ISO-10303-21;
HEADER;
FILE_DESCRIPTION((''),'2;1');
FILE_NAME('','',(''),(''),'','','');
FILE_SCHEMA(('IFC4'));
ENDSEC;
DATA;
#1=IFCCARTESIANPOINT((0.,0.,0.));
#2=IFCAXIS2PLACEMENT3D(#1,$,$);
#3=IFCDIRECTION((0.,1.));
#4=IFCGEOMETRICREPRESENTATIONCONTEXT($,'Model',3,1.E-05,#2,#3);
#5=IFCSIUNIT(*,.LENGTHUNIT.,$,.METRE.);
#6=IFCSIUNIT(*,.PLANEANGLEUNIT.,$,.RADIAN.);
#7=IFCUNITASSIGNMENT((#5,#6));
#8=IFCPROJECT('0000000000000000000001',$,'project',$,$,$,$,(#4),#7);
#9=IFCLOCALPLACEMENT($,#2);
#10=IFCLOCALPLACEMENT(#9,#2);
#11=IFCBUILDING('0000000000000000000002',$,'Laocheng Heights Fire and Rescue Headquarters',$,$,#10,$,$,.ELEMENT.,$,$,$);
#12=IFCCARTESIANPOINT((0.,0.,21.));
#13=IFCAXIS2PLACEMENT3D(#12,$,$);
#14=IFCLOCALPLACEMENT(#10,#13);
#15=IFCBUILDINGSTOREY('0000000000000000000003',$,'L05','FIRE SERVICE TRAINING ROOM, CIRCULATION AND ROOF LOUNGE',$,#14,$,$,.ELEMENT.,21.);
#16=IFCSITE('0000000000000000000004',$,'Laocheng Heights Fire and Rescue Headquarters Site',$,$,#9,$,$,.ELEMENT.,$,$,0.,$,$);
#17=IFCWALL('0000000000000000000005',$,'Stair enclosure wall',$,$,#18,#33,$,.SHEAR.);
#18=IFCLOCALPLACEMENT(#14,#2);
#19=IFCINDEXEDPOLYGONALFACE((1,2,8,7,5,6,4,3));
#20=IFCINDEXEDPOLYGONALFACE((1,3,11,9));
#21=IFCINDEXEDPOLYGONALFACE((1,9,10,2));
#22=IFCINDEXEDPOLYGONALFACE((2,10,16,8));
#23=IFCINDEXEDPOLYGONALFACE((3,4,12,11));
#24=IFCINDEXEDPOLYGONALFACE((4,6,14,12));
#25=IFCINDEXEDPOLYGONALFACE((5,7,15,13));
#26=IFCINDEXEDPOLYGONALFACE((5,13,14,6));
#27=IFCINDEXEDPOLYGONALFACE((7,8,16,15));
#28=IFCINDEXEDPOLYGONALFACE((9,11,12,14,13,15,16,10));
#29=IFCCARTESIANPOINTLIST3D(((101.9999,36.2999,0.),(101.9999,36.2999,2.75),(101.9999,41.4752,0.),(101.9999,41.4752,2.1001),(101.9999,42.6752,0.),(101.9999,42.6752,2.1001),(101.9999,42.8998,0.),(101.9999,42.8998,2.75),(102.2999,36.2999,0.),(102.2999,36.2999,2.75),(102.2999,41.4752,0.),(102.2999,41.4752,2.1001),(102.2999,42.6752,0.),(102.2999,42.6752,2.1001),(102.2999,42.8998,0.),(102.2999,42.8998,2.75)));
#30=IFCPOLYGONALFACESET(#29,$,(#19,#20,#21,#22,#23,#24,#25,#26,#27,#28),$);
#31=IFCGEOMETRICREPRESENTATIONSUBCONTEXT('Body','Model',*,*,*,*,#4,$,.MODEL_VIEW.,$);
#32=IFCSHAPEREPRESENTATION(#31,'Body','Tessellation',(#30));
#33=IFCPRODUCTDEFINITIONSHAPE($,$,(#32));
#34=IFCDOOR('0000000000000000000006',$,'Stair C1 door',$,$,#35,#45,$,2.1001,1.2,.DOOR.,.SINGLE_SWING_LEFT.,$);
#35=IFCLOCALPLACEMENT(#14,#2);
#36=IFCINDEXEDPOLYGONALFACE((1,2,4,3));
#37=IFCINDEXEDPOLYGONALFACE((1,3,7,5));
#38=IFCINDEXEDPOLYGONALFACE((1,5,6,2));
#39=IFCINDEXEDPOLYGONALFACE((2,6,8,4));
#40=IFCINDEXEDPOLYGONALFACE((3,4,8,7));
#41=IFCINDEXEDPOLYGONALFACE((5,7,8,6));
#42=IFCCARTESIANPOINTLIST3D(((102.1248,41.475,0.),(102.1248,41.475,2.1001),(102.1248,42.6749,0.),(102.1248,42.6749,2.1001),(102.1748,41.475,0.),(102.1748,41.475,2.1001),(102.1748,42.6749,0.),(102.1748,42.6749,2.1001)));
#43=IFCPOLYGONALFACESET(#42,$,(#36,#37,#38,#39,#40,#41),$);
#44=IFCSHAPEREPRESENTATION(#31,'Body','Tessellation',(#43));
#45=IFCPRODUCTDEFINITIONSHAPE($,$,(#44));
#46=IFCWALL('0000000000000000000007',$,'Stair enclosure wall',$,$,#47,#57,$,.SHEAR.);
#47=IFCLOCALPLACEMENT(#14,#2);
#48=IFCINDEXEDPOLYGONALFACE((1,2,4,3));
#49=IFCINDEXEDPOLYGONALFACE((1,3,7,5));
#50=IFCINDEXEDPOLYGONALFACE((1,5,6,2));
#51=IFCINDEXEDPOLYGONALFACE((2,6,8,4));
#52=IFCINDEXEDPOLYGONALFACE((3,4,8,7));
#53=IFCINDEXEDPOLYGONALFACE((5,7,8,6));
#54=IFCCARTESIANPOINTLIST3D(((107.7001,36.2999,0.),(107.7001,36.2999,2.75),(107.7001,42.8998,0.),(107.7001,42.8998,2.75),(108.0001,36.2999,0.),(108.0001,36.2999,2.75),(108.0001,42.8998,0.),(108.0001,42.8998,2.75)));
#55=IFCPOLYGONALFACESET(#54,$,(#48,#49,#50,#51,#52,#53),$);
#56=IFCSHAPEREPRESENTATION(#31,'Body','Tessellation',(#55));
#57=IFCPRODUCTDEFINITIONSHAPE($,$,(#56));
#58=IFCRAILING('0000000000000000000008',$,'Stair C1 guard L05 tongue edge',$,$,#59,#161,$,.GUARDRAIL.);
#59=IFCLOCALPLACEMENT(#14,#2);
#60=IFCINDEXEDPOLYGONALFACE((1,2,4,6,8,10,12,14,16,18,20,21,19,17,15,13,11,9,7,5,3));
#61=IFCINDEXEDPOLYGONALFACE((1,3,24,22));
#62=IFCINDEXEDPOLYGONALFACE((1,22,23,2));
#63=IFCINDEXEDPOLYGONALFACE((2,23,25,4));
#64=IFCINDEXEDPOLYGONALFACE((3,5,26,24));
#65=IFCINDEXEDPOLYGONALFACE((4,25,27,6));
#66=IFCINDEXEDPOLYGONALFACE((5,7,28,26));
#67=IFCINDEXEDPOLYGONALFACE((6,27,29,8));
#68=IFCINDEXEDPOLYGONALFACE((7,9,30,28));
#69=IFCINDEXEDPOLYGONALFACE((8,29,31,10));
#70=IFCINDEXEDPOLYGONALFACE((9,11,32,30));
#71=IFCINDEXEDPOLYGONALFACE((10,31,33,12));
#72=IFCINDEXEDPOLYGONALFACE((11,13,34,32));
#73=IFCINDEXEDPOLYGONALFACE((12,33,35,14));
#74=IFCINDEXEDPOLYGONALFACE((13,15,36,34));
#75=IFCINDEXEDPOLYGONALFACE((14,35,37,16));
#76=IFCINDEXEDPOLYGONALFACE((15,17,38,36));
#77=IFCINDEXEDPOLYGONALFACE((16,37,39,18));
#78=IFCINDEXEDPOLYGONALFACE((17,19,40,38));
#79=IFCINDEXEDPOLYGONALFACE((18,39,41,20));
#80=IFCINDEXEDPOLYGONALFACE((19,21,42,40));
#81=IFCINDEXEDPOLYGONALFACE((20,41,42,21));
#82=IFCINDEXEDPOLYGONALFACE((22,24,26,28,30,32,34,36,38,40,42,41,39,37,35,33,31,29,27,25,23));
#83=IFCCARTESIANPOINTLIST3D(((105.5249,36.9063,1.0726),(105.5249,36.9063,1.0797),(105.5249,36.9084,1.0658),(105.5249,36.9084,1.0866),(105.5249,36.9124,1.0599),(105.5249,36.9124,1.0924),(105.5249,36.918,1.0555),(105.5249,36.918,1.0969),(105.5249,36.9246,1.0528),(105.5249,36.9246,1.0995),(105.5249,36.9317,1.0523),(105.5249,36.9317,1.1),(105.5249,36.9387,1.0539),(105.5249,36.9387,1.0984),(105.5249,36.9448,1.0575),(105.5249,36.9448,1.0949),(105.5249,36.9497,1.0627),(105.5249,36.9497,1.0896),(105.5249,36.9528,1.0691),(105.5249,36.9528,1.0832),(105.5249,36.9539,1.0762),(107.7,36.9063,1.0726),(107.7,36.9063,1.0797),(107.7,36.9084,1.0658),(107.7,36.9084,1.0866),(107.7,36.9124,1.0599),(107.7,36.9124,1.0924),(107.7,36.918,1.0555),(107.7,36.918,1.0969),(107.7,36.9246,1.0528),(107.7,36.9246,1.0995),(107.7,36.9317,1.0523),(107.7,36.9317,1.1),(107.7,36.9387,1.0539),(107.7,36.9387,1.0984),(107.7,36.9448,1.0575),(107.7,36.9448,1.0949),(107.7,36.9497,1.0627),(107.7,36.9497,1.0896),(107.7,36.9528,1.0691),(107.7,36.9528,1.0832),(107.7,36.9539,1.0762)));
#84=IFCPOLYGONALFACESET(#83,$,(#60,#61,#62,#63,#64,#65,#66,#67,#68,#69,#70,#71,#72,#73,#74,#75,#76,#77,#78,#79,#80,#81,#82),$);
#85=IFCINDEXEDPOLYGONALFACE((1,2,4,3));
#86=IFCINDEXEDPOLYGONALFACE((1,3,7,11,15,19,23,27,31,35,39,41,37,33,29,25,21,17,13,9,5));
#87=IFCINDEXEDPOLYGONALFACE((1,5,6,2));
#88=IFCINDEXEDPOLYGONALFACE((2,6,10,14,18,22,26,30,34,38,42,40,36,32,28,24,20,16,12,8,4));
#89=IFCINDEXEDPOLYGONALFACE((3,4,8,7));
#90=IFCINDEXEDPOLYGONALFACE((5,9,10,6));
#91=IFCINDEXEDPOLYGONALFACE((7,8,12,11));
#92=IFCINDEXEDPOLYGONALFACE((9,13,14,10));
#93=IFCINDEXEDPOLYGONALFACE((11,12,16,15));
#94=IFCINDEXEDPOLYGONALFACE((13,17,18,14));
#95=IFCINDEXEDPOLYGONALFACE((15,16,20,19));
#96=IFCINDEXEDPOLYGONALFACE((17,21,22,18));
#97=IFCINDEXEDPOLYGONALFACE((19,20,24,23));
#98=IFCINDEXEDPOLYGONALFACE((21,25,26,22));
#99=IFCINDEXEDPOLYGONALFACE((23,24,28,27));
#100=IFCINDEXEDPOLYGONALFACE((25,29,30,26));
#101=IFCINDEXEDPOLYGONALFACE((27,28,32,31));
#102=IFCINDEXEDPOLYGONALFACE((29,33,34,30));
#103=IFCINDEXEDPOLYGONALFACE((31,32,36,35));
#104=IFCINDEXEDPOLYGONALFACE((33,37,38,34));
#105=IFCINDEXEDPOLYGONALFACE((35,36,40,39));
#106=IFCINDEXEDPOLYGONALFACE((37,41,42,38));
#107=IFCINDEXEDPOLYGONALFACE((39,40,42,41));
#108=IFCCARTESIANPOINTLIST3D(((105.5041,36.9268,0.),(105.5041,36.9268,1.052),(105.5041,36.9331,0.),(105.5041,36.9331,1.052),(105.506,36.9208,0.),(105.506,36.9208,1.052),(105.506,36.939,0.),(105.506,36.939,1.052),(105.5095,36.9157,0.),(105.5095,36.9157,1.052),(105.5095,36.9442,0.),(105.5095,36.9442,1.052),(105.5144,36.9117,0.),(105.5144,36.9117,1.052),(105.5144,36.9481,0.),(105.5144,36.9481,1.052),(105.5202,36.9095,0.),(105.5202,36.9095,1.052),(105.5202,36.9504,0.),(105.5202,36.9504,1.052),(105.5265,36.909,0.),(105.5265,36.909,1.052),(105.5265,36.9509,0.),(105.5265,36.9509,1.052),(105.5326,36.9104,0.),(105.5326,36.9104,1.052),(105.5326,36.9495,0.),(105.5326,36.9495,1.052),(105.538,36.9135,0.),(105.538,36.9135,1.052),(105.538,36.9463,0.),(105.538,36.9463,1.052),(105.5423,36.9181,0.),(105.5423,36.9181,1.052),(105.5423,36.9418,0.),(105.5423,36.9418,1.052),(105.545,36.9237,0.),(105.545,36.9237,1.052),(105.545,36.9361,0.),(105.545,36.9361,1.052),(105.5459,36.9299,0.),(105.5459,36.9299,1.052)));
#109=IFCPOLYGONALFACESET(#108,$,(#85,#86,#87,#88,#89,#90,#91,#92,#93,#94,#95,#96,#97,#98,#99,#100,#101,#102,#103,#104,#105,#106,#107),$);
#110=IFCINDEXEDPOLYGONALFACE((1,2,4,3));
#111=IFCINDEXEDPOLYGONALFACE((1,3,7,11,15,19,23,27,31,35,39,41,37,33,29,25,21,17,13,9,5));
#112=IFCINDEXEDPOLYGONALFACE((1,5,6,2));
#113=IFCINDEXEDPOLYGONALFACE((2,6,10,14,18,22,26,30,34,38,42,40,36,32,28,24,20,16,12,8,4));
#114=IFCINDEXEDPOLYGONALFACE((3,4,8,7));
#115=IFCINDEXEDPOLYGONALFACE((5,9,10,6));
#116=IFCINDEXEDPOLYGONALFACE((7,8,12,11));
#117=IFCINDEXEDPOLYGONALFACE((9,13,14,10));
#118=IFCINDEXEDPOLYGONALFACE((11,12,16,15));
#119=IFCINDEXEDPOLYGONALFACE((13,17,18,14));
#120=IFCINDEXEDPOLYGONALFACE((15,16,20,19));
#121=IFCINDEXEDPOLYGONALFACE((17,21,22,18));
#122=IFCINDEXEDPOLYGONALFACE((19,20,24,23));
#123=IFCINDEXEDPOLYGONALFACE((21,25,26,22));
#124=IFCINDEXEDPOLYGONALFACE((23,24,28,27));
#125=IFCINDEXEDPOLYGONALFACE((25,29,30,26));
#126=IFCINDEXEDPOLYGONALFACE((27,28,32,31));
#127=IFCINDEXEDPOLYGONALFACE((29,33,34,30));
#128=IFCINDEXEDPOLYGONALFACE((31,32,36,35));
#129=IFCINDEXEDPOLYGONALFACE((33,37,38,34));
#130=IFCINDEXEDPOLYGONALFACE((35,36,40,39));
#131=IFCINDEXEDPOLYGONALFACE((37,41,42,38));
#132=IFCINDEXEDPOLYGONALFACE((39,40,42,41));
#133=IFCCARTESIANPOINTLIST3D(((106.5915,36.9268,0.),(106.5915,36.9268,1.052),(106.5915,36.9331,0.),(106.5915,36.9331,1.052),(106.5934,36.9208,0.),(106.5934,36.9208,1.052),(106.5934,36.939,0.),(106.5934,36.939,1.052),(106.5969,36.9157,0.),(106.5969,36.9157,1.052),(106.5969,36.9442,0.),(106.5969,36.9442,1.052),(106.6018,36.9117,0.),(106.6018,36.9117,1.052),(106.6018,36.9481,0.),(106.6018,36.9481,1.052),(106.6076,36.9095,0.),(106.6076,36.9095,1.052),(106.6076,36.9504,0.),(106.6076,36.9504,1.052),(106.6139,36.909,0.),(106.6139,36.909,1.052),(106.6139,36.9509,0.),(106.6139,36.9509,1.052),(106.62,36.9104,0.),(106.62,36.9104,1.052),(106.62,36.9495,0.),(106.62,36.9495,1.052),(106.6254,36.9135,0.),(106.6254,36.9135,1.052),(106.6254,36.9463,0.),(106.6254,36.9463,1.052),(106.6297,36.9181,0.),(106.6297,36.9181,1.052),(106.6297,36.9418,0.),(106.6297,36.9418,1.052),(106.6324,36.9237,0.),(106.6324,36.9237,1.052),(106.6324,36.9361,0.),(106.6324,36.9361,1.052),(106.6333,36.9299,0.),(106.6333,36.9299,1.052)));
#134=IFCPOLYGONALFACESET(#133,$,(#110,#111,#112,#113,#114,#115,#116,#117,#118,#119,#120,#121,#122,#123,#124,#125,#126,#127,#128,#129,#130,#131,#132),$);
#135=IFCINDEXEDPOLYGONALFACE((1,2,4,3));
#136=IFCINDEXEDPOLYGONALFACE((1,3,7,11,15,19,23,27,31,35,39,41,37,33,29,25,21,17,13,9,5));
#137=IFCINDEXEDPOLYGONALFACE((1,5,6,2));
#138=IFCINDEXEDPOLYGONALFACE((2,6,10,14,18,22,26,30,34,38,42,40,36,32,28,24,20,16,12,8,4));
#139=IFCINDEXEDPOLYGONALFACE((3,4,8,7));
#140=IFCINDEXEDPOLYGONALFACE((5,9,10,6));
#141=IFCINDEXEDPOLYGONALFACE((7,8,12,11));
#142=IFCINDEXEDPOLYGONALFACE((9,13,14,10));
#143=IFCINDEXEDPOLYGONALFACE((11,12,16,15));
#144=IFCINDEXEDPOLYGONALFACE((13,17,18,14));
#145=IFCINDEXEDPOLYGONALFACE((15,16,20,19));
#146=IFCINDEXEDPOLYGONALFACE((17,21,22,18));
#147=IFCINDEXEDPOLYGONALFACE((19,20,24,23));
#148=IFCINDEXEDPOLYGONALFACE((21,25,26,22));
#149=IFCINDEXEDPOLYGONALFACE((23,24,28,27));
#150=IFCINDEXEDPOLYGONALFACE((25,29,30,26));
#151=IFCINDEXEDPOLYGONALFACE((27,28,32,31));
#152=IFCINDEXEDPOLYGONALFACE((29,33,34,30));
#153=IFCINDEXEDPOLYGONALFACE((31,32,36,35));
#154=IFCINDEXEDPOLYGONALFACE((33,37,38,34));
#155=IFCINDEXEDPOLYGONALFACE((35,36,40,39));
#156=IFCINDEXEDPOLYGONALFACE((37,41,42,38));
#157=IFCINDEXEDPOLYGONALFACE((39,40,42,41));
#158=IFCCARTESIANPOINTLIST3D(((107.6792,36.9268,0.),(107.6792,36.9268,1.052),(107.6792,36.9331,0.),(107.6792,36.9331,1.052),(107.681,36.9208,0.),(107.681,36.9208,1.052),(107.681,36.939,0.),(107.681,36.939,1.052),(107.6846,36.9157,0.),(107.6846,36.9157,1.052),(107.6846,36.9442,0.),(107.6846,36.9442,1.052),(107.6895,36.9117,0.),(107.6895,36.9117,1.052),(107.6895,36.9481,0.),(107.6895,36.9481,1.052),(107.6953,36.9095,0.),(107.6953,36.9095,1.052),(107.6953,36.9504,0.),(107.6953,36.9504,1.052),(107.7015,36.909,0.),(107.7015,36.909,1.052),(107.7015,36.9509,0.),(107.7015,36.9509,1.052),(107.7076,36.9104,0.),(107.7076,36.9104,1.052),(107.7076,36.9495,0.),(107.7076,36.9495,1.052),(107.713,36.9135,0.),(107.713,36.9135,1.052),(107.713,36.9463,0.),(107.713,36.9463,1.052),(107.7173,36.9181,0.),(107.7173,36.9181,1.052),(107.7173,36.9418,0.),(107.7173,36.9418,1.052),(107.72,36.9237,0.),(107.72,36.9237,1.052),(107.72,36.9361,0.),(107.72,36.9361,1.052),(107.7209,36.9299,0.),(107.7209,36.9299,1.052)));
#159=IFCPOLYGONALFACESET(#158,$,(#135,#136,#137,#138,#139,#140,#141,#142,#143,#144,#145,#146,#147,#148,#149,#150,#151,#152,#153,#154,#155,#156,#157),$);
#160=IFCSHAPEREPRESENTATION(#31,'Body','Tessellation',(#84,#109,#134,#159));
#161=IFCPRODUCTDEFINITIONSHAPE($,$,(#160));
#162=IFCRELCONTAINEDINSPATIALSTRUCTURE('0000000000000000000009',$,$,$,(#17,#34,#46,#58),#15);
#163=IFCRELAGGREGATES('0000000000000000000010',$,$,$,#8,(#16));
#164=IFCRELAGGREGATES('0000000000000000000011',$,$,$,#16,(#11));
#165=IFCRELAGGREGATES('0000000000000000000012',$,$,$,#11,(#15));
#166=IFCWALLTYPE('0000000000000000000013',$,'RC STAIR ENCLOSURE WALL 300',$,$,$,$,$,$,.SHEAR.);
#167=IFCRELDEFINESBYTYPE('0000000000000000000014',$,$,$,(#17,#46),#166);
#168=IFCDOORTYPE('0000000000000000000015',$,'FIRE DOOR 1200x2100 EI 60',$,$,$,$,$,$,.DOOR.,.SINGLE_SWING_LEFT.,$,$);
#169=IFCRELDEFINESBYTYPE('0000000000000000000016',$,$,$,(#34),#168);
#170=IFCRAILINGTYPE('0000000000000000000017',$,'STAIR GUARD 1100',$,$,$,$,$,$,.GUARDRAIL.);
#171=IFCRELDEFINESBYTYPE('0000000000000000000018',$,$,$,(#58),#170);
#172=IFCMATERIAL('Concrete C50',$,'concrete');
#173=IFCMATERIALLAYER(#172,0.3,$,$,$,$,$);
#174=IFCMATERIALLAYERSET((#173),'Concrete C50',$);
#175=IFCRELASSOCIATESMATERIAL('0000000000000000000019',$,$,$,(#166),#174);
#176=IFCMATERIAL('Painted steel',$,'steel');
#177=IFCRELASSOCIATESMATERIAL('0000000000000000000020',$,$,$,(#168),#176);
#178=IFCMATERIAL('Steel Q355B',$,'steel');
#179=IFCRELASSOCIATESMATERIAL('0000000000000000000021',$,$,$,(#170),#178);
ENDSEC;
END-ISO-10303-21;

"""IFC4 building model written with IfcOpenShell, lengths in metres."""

from ifc_helpers import new_model, si_unit, direction, frame, frame_2d, origin, origin_2d, place, context, subcontext, project, spatial, rectangle, circle, extrude, material, layer, layer_set, type_object, element, fill, save


model = new_model("IFC4")

# Units and contexts
model_context = context("Model", 3, precision=1e-05, world=origin(), true_north=direction((0.0, 1.0)))
body_context = subcontext(model_context, "Body", "Model", "MODEL_VIEW")
ifc_project = project(units=[si_unit("LENGTHUNIT", "METRE"), si_unit("PLANEANGLEUNIT", "RADIAN")], contexts=[model_context])

# Site, building, storey
site_placement = place(None, origin())
site = spatial("IfcSite", under=ifc_project, at=site_placement, Name="Laocheng Heights Fire and Rescue Headquarters Site", CompositionType="ELEMENT", RefElevation=0.0)
building_placement = place(site_placement, origin())
building = spatial("IfcBuilding", under=site, at=building_placement, Name="Laocheng Heights Fire and Rescue Headquarters", CompositionType="ELEMENT")
storey_placement = place(building_placement, frame((0.0, 0.0, 21.0)))
storey = spatial("IfcBuildingStorey", under=building, at=storey_placement, Name="L05", Description="FIRE SERVICE TRAINING ROOM, CIRCULATION AND ROOF LOUNGE", CompositionType="ELEMENT", Elevation=21.0)

# Wall, opening, door
ifc_material_1 = material(Name="Concrete C50", Category="concrete")
ifc_layer_1 = layer(ifc_material_1, 0.3)
ifc_layer_set_1 = layer_set([ifc_layer_1], Name="Concrete C50")
wall_type = type_object("IfcWallType", Name="RC STAIR ENCLOSURE WALL 300", PredefinedType="SHEAR", material=ifc_layer_set_1)
wall_1_placement = place(storey_placement, frame((102.1499, 36.3, 0.0), z_axis=(0.0, 0.0, 1.0), x_axis=(0.0, 1.0, 0.0)))
wall_1 = element("IfcWall", 1, at=wall_1_placement, inside=storey, type_object=wall_type, Name="Stair enclosure wall", PredefinedType="SHEAR", context=body_context, shape_type="SweptSolid", body=[
    extrude(rectangle(XDim=6.5999, YDim=0.3, at=frame_2d((3.2998, 0.0))), origin(), (0.0, 0.0, 1.0), 2.75),
])
opening_placement = place(wall_1_placement, frame((5.175, 0.0, 0.0)))
opening = element("IfcOpeningElement", 2, at=opening_placement, cuts=wall_1, PredefinedType="OPENING", context=body_context, shape_type="SweptSolid", body=[
    extrude(rectangle(XDim=1.2, YDim=2.1001, at=frame_2d((0.6001, 1.05))), frame((0.0, 0.1599, 0.0), z_axis=(0.0, -1.0, 0.0), x_axis=(1.0, 0.0, 0.0)), (0.0, 0.0, 1.0), 0.3201),
])
ifc_material_2 = material(Name="Painted steel", Category="steel")
door_type = type_object("IfcDoorType", Name="FIRE DOOR 1200x2100 EI 60", OperationType="SINGLE_SWING_LEFT", PredefinedType="DOOR", material=ifc_material_2)
door_placement = place(opening_placement, frame((1.2, 0.0, 0.0), z_axis=(0.0, 0.0, 1.0), x_axis=(-1.0, 0.0, 0.0)))
door = element("IfcDoor", 3, at=door_placement, inside=storey, type_object=door_type, Name="Stair C1 door", OperationType="SINGLE_SWING_LEFT", OverallHeight=2.1001, OverallWidth=1.2, PredefinedType="DOOR", context=body_context, shape_type="SweptSolid", body=[
    extrude(rectangle(XDim=1.2, YDim=2.1001, at=frame_2d((0.6001, 1.05))), frame((0.0, 0.0249, 0.0), z_axis=(0.0, -1.0, 0.0), x_axis=(1.0, 0.0, 0.0)), (0.0, 0.0, 1.0), 0.05),
])
fill(opening, door)

# Wall
wall_2_placement = place(storey_placement, frame((107.8501, 36.3, 0.0), z_axis=(0.0, 0.0, 1.0), x_axis=(0.0, 1.0, 0.0)))
element("IfcWall", 4, at=wall_2_placement, inside=storey, type_object=wall_type, Name="Stair enclosure wall", PredefinedType="SHEAR", context=body_context, shape_type="SweptSolid", body=[
    extrude(rectangle(XDim=6.5999, YDim=0.3, at=frame_2d((3.2998, 0.0))), origin(), (0.0, 0.0, 1.0), 2.75),
])

# Railing
ifc_material_3 = material(Name="Steel Q355B", Category="steel")
railing_type = type_object("IfcRailingType", Name="STAIR GUARD 1100", PredefinedType="GUARDRAIL", material=ifc_material_3)
railing_1_placement = place(storey_placement, frame((105.5249, 36.9299, 0.0)))
element("IfcRailing", 5, at=railing_1_placement, inside=storey, type_object=railing_type, Name="Stair C1 guard L05 tongue edge", PredefinedType="GUARDRAIL", context=body_context, shape_type="SweptSolid", body=[
    extrude(circle(Radius=0.0239, at=origin_2d()), frame((0.0, 0.0, 1.0762), z_axis=(1.0, 0.0, 0.0), x_axis=(0.0, 1.0, 0.0)), (0.0, 0.0, 1.0), 2.175),
    extrude(circle(Radius=0.021, at=origin_2d()), origin(), (0.0, 0.0, 1.0), 1.052),
    extrude(circle(Radius=0.021, at=origin_2d()), frame((1.0874, 0.0, 0.0)), (0.0, 0.0, 1.0), 1.052),
    extrude(circle(Radius=0.021, at=origin_2d()), frame((2.175, 0.0, 0.0)), (0.0, 0.0, 1.0), 1.052),
])

save(model, "model.ifc")
